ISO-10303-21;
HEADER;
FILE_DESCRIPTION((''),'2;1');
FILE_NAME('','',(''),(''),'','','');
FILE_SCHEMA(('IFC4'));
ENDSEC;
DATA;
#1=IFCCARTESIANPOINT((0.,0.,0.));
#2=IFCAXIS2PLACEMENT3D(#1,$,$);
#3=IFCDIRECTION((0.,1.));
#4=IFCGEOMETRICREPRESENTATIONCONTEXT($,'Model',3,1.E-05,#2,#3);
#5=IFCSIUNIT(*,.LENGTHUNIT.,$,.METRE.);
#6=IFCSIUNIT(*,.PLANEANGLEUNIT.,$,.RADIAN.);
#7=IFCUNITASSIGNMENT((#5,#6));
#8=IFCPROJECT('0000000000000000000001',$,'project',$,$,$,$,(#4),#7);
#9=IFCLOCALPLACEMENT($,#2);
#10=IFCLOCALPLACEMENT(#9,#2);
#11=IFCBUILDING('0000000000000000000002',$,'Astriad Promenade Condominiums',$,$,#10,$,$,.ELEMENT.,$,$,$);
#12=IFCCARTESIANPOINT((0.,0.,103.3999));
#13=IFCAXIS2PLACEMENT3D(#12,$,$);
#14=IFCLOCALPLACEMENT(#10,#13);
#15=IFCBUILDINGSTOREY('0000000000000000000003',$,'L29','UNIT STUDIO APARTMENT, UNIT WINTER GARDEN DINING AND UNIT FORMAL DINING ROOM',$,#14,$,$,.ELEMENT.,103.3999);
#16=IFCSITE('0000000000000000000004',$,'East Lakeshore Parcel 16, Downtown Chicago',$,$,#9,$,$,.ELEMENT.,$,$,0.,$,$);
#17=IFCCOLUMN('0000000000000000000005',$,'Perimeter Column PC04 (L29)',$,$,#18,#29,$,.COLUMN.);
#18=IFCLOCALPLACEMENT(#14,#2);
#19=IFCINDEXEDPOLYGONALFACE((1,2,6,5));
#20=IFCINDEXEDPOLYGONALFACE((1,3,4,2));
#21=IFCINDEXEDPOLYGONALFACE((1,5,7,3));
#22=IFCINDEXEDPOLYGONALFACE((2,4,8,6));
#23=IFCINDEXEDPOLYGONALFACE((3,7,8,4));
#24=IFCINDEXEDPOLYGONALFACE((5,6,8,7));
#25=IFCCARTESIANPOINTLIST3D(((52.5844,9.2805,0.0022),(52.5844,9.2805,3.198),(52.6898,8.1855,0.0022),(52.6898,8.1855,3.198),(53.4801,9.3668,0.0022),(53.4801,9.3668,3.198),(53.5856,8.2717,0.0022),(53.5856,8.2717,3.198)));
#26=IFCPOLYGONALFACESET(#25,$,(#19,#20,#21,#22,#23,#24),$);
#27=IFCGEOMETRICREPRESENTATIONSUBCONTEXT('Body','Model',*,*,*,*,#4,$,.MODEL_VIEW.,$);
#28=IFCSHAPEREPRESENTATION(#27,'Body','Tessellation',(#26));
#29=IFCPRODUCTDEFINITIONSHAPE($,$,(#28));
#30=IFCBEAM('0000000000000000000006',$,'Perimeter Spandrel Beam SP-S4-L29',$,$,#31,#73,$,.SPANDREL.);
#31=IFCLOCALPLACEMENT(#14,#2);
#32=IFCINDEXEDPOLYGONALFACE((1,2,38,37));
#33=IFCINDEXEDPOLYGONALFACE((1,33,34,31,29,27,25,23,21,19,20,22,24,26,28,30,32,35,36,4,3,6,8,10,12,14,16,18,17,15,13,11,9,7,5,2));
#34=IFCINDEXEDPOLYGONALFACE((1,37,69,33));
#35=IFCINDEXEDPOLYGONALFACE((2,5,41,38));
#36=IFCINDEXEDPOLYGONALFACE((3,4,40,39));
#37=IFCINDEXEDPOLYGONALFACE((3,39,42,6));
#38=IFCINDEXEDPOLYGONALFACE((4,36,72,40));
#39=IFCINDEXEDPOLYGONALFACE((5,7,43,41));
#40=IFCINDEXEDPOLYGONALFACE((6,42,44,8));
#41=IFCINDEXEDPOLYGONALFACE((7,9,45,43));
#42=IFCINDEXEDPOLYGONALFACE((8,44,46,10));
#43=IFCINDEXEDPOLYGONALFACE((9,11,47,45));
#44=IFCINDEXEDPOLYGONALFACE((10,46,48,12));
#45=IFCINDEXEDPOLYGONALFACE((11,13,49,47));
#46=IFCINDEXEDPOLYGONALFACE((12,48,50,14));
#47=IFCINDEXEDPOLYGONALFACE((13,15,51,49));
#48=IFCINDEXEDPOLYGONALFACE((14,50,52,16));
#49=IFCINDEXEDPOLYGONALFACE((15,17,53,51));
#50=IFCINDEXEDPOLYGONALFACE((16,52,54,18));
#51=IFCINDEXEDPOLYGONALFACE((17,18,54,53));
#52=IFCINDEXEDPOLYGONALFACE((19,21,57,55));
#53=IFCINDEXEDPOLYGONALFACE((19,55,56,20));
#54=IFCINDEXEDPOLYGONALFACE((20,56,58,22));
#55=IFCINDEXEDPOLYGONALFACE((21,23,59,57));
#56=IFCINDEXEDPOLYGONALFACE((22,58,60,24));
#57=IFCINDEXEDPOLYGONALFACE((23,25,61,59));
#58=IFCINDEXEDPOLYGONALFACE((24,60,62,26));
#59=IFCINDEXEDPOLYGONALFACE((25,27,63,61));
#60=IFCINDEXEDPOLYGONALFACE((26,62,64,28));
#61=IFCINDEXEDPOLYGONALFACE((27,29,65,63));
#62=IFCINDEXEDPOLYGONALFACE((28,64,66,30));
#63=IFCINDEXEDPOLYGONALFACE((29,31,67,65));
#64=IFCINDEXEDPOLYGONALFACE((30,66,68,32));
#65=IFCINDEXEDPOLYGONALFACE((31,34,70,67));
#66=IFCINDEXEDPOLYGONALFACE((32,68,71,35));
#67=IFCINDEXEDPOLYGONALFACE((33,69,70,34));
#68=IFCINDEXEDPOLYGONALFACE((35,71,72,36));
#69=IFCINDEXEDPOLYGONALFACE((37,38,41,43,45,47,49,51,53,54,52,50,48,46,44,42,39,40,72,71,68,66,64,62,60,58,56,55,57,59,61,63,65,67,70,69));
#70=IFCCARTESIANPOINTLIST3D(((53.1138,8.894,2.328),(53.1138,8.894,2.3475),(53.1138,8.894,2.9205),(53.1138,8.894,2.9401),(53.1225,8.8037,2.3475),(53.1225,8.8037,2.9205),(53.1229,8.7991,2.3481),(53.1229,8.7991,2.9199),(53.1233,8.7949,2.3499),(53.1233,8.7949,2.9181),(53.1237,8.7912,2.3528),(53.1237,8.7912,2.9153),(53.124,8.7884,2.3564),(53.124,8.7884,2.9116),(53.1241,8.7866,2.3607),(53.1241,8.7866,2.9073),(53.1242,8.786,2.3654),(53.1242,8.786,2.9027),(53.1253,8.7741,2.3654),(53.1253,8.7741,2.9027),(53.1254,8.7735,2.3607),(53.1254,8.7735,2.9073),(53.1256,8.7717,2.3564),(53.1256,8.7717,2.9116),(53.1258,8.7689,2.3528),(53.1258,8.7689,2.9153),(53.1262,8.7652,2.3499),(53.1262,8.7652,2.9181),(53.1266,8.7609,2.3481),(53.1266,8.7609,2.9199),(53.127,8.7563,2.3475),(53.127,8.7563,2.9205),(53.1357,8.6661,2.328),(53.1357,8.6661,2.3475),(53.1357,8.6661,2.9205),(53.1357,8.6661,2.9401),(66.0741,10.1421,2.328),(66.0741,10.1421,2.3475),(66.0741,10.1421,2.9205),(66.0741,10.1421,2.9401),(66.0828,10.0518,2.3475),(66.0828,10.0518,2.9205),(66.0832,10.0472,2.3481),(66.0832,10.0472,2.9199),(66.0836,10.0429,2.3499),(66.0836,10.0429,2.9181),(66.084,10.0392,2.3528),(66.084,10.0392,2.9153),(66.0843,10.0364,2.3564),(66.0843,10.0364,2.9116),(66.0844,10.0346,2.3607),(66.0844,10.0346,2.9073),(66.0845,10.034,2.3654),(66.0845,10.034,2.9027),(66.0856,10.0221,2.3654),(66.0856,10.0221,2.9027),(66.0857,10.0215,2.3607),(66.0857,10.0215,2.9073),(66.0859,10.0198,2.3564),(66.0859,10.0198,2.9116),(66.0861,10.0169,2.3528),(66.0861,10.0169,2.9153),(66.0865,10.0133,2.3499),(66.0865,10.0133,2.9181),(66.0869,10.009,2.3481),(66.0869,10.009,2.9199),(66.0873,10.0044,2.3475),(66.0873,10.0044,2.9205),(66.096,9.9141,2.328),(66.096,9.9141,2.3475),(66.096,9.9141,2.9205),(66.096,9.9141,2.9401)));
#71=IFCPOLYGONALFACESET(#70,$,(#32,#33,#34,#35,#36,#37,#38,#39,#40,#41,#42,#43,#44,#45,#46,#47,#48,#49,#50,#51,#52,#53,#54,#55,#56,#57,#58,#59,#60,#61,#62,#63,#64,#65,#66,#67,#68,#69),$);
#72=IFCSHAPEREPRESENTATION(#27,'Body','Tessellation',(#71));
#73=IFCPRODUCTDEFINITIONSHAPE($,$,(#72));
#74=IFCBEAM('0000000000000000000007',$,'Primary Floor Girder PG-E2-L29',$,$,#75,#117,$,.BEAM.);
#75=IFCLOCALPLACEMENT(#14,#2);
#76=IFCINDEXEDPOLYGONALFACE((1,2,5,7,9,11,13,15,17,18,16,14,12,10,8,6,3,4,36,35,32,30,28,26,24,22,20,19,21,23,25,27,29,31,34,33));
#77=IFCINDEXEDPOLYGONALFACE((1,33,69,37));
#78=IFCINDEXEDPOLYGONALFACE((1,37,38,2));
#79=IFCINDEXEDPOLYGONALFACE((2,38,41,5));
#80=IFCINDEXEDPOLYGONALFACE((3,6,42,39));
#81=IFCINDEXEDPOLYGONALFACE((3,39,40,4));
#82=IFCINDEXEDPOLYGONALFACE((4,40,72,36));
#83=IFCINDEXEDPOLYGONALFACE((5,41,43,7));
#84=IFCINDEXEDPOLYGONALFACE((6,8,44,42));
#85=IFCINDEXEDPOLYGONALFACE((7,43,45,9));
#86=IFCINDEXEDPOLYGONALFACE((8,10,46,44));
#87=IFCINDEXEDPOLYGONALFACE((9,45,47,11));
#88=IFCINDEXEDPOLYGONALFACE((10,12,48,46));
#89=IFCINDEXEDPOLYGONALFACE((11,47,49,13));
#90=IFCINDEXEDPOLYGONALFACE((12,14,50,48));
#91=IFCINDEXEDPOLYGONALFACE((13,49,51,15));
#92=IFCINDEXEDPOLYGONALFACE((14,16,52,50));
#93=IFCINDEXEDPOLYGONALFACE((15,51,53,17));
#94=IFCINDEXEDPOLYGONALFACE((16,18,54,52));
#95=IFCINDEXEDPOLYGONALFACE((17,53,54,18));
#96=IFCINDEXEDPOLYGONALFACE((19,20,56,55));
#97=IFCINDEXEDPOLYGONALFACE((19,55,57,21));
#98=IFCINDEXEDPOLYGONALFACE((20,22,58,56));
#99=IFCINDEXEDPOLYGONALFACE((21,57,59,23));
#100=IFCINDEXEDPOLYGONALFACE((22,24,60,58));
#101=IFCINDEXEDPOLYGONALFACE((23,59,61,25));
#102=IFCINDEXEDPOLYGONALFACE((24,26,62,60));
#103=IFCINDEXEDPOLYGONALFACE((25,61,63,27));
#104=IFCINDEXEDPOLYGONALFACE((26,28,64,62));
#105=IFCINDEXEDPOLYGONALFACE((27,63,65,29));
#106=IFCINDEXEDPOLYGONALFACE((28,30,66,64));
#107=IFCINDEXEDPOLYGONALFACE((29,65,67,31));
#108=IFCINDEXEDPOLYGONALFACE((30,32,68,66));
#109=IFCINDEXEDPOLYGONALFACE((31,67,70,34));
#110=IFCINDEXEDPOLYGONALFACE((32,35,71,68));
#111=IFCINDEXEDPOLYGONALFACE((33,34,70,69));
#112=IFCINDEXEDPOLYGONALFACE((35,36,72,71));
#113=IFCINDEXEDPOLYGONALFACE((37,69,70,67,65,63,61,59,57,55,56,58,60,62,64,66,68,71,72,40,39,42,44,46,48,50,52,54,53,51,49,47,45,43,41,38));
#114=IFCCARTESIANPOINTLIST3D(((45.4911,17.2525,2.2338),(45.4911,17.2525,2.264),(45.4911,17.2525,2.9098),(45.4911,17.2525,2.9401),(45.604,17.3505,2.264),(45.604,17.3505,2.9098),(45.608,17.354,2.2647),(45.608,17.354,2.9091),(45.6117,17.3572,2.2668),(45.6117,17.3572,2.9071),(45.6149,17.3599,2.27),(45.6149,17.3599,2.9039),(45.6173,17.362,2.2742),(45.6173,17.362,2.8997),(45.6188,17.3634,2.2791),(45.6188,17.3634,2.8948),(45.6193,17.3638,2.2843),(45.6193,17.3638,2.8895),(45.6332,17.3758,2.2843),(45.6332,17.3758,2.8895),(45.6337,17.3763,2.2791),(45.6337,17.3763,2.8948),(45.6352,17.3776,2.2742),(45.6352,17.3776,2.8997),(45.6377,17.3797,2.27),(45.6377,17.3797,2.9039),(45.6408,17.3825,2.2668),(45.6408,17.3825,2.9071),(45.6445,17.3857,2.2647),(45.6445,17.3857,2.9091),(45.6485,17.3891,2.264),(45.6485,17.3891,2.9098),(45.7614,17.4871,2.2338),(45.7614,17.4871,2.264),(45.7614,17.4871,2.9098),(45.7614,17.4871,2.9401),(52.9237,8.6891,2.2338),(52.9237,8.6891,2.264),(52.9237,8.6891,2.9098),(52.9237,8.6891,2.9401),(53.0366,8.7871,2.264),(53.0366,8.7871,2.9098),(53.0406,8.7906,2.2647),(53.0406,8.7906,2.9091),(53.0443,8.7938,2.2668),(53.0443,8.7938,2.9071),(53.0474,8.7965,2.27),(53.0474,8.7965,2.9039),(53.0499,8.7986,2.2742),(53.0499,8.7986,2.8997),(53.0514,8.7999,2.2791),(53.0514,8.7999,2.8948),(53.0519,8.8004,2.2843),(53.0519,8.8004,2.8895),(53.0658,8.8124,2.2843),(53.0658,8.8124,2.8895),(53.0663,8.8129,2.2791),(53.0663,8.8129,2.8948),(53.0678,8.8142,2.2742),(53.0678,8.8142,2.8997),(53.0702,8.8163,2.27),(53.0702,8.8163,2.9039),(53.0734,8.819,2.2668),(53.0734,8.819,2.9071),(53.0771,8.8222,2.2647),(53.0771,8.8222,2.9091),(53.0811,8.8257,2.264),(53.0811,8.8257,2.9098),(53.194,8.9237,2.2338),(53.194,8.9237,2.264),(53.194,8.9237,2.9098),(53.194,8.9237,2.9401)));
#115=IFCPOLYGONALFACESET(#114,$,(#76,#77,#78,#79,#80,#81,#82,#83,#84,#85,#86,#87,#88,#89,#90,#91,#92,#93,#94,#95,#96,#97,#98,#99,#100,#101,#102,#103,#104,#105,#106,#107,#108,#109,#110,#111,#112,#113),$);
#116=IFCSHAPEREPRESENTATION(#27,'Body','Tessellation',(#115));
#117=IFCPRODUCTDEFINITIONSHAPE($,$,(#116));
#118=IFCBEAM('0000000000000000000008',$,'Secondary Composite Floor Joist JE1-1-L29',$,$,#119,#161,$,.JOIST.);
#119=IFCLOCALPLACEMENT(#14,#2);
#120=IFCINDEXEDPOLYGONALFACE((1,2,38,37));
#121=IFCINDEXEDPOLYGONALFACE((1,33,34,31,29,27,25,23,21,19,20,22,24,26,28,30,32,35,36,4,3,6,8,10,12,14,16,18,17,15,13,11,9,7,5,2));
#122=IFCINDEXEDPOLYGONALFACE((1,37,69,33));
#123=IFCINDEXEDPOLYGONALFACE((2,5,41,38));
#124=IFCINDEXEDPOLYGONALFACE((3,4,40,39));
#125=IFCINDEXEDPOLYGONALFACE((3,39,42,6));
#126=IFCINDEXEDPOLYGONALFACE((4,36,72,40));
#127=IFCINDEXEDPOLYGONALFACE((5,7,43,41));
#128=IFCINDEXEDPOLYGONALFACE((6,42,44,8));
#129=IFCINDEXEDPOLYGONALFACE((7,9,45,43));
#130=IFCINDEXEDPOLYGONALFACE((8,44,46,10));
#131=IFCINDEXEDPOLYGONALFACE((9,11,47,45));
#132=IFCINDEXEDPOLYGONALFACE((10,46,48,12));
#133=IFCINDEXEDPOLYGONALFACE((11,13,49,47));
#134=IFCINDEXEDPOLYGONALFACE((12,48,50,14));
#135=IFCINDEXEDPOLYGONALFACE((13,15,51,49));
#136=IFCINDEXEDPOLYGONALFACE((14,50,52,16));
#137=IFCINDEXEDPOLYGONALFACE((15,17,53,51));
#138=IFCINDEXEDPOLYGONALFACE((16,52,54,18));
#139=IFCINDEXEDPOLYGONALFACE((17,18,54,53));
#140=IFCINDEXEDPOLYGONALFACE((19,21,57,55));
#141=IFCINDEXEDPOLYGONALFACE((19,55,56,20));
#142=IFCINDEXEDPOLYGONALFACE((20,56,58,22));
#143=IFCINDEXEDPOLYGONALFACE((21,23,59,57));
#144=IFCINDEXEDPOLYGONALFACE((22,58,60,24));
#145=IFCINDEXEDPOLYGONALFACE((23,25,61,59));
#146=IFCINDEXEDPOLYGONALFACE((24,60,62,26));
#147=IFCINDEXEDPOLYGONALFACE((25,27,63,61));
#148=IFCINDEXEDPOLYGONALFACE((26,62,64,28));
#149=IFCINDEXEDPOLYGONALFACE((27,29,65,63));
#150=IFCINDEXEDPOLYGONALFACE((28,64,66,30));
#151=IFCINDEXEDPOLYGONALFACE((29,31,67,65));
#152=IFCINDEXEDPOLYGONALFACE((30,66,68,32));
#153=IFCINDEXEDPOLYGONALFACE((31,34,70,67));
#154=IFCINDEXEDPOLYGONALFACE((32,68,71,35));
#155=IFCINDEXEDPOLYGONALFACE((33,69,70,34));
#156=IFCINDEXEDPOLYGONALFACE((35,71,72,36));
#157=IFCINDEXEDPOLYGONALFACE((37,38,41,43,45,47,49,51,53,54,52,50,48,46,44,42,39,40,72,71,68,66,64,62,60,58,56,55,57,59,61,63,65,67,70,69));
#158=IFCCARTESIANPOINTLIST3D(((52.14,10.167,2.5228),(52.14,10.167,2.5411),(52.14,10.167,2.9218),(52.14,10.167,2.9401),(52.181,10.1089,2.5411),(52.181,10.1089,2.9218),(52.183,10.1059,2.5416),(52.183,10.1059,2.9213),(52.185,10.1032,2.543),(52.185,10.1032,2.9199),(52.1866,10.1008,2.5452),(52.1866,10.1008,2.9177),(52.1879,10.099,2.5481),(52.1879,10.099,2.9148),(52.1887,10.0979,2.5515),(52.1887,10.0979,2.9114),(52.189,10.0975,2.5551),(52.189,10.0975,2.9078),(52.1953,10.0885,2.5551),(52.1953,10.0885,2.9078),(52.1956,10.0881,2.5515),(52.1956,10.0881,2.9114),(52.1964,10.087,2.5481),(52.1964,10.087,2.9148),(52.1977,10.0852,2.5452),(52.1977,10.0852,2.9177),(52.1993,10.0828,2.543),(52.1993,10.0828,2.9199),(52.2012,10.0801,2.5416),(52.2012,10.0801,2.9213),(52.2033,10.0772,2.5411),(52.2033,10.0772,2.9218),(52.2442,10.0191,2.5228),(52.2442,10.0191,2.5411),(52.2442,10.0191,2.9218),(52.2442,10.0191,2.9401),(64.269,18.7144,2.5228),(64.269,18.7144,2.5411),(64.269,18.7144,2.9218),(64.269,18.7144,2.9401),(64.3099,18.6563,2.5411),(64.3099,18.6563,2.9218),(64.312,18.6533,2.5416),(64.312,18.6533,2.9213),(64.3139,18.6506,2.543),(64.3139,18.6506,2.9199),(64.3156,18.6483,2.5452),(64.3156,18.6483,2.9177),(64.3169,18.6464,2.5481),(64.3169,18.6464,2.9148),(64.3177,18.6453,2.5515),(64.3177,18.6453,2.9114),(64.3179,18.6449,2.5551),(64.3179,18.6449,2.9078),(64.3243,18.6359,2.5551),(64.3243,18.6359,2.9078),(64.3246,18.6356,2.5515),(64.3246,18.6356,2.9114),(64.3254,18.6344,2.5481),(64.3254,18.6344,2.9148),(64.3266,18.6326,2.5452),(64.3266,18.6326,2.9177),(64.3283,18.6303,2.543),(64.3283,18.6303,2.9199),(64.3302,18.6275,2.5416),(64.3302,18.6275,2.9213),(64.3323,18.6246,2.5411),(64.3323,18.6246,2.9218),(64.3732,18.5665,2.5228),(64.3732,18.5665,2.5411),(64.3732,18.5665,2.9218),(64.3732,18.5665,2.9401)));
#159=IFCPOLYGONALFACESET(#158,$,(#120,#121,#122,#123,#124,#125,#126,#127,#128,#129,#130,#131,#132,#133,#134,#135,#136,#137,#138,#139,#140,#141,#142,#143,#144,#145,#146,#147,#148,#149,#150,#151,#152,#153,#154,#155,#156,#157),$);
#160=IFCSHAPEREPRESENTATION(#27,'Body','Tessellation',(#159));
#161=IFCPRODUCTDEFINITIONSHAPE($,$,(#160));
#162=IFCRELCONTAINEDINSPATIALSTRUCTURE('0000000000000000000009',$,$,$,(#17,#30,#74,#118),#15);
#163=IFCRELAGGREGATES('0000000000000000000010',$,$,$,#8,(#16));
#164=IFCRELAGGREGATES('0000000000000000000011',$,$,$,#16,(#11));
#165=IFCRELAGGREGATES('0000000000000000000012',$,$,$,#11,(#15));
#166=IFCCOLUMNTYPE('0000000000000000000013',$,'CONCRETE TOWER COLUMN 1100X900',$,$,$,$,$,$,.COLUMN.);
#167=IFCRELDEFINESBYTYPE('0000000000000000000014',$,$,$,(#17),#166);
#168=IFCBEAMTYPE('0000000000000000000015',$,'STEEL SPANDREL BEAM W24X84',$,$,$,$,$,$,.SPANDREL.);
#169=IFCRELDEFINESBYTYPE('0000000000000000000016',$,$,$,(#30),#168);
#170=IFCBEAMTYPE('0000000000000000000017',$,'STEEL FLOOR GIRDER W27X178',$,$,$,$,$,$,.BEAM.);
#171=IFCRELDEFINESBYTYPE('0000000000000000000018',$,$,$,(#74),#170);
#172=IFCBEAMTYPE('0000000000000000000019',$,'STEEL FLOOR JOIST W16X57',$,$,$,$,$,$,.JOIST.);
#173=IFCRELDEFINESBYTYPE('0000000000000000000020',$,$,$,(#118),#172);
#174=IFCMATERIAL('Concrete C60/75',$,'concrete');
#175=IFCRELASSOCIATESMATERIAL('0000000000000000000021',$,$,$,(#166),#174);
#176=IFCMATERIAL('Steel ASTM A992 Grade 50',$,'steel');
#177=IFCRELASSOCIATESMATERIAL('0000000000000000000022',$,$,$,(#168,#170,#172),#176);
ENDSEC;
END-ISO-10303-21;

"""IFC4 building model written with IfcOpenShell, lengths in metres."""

from ifc_helpers import new_model, si_unit, direction, frame, origin, origin_2d, place, context, subcontext, project, spatial, rectangle, i_section, extrude, source, transform, mapped, material, material_profile, profile_set, type_object, type_shapes, element, save


model = new_model("IFC4")

# Units and contexts
model_context = context("Model", 3, precision=1e-05, world=origin(), true_north=direction((0.0, 1.0)))
body_context = subcontext(model_context, "Body", "Model", "MODEL_VIEW")
ifc_project = project(units=[si_unit("LENGTHUNIT", "METRE"), si_unit("PLANEANGLEUNIT", "RADIAN")], contexts=[model_context])

# Site, building, storey
site_placement = place(None, origin())
site = spatial("IfcSite", under=ifc_project, at=site_placement, Name="East Lakeshore Parcel 16, Downtown Chicago", CompositionType="ELEMENT", RefElevation=0.0)
building_placement = place(site_placement, origin())
building = spatial("IfcBuilding", under=site, at=building_placement, Name="Astriad Promenade Condominiums", CompositionType="ELEMENT")
storey_placement = place(building_placement, frame((0.0, 0.0, 103.3999)))
storey = spatial("IfcBuildingStorey", under=building, at=storey_placement, Name="L29", Description="UNIT STUDIO APARTMENT, UNIT WINTER GARDEN DINING AND UNIT FORMAL DINING ROOM", CompositionType="ELEMENT", Elevation=103.3999)

# Column
ifc_material_1 = material(Name="Concrete C60/75", Category="concrete")
ifc_material_profile_1 = material_profile(ifc_material_1, rectangle(XDim=0.8999, YDim=1.1001, at=origin_2d()), Name="RC-COL-1100X900")
ifc_profile_set_1 = profile_set([ifc_material_profile_1], Name="Concrete C60/75")
column_type = type_object("IfcColumnType", Name="CONCRETE TOWER COLUMN 1100X900", PredefinedType="COLUMN", material=ifc_profile_set_1)
shared_shape_1 = source(origin(), body_context, "Body", "SweptSolid", [
    extrude(rectangle(XDim=0.8999, YDim=1.1001, at=origin_2d()), origin(), (0.0, 0.0, 1.0), 3.1958),
])
type_shapes(column_type, [shared_shape_1])
column_placement = place(storey_placement, frame((53.085, 8.7761, 0.0022), z_axis=(0.0, 0.0, 1.0), x_axis=(0.995396, 0.095846, 0.0)))
element("IfcColumn", 1, at=column_placement, inside=storey, type_object=column_type, Name="Perimeter Column PC04 (L29)", PredefinedType="COLUMN", context=body_context, shape_type="MappedRepresentation", body=[
    mapped(shared_shape_1, transform((0.0, 0.0, 0.0), scale=1.0)),
])

# Beams
ifc_material_2 = material(Name="Steel ASTM A992 Grade 50", Category="steel")
ifc_material_profile_2 = material_profile(ifc_material_2, i_section(OverallWidth=0.229, OverallDepth=0.6121, WebThickness=0.012, FlangeThickness=0.0195, FilletRadius=0.0178, at=origin_2d()), Name="W24X84")
ifc_profile_set_2 = profile_set([ifc_material_profile_2], Name="Steel ASTM A992 Grade 50")
beam_type_1 = type_object("IfcBeamType", Name="STEEL SPANDREL BEAM W24X84", PredefinedType="SPANDREL", material=ifc_profile_set_2)
shared_shape_2 = source(origin(), body_context, "Body", "SweptSolid", [
    extrude(i_section(OverallWidth=0.229, OverallDepth=0.6121, WebThickness=0.012, FlangeThickness=0.0195, FilletRadius=0.0178, at=origin_2d()), origin(), (0.0, 0.0, 1.0), 13.0203),
])
type_shapes(beam_type_1, [shared_shape_2])
beam_1_placement = place(storey_placement, frame((53.1248, 8.78, 2.634), z_axis=(0.995395, 0.095855, 0.0), x_axis=(-0.095855, 0.995395, 0.0)))
element("IfcBeam", 2, at=beam_1_placement, inside=storey, type_object=beam_type_1, Name="Perimeter Spandrel Beam SP-S4-L29", PredefinedType="SPANDREL", context=body_context, shape_type="MappedRepresentation", body=[
    mapped(shared_shape_2, transform((0.0, 0.0, 0.0), scale=1.0)),
])
ifc_material_profile_3 = material_profile(ifc_material_2, i_section(OverallWidth=0.3579, OverallDepth=0.7063, WebThickness=0.0183, FlangeThickness=0.0303, FilletRadius=0.0203, at=origin_2d()), Name="W27X178")
ifc_profile_set_3 = profile_set([ifc_material_profile_3], Name="Steel ASTM A992 Grade 50")
beam_type_2 = type_object("IfcBeamType", Name="STEEL FLOOR GIRDER W27X178", PredefinedType="BEAM", material=ifc_profile_set_3)
shared_shape_3 = source(origin(), body_context, "Body", "SweptSolid", [
    extrude(i_section(OverallWidth=0.3579, OverallDepth=0.7063, WebThickness=0.0183, FlangeThickness=0.0303, FilletRadius=0.0203, at=origin_2d()), origin(), (0.0, 0.0, 1.0), 11.3391),
])
type_shapes(beam_type_2, [shared_shape_3])
beam_2_placement = place(storey_placement, frame((53.0588, 8.8064, 2.5869), z_axis=(-0.655481, 0.755211, 0.0), x_axis=(-0.755211, -0.655481, 0.0)))
element("IfcBeam", 3, at=beam_2_placement, inside=storey, type_object=beam_type_2, Name="Primary Floor Girder PG-E2-L29", PredefinedType="BEAM", context=body_context, shape_type="MappedRepresentation", body=[
    mapped(shared_shape_3, transform((0.0, 0.0, 0.0), scale=1.0)),
])
ifc_material_profile_4 = material_profile(ifc_material_2, i_section(OverallWidth=0.1809, OverallDepth=0.4172, WebThickness=0.011, FlangeThickness=0.0183, FilletRadius=0.0139, at=origin_2d()), Name="W16X57")
ifc_profile_set_4 = profile_set([ifc_material_profile_4], Name="Steel ASTM A992 Grade 50")
beam_type_3 = type_object("IfcBeamType", Name="STEEL FLOOR JOIST W16X57", PredefinedType="JOIST", material=ifc_profile_set_4)
shared_shape_4 = source(origin(), body_context, "Body", "SweptSolid", [
    extrude(i_section(OverallWidth=0.1809, OverallDepth=0.4172, WebThickness=0.011, FlangeThickness=0.0183, FilletRadius=0.0139, at=origin_2d()), origin(), (0.0, 0.0, 1.0), 14.8381),
])
beam_3_placement = place(storey_placement, frame((52.1921, 10.093, 2.7314), z_axis=(0.817419, 0.576043, 0.0), x_axis=(-0.576043, 0.817419, 0.0)))
element("IfcBeam", 4, at=beam_3_placement, inside=storey, type_object=beam_type_3, Name="Secondary Composite Floor Joist JE1-1-L29", PredefinedType="JOIST", context=body_context, shape_type="MappedRepresentation", body=[
    mapped(shared_shape_4, transform((0.0, 0.0, 0.0), scale=1.0)),
])

save(model, "model.ifc")
